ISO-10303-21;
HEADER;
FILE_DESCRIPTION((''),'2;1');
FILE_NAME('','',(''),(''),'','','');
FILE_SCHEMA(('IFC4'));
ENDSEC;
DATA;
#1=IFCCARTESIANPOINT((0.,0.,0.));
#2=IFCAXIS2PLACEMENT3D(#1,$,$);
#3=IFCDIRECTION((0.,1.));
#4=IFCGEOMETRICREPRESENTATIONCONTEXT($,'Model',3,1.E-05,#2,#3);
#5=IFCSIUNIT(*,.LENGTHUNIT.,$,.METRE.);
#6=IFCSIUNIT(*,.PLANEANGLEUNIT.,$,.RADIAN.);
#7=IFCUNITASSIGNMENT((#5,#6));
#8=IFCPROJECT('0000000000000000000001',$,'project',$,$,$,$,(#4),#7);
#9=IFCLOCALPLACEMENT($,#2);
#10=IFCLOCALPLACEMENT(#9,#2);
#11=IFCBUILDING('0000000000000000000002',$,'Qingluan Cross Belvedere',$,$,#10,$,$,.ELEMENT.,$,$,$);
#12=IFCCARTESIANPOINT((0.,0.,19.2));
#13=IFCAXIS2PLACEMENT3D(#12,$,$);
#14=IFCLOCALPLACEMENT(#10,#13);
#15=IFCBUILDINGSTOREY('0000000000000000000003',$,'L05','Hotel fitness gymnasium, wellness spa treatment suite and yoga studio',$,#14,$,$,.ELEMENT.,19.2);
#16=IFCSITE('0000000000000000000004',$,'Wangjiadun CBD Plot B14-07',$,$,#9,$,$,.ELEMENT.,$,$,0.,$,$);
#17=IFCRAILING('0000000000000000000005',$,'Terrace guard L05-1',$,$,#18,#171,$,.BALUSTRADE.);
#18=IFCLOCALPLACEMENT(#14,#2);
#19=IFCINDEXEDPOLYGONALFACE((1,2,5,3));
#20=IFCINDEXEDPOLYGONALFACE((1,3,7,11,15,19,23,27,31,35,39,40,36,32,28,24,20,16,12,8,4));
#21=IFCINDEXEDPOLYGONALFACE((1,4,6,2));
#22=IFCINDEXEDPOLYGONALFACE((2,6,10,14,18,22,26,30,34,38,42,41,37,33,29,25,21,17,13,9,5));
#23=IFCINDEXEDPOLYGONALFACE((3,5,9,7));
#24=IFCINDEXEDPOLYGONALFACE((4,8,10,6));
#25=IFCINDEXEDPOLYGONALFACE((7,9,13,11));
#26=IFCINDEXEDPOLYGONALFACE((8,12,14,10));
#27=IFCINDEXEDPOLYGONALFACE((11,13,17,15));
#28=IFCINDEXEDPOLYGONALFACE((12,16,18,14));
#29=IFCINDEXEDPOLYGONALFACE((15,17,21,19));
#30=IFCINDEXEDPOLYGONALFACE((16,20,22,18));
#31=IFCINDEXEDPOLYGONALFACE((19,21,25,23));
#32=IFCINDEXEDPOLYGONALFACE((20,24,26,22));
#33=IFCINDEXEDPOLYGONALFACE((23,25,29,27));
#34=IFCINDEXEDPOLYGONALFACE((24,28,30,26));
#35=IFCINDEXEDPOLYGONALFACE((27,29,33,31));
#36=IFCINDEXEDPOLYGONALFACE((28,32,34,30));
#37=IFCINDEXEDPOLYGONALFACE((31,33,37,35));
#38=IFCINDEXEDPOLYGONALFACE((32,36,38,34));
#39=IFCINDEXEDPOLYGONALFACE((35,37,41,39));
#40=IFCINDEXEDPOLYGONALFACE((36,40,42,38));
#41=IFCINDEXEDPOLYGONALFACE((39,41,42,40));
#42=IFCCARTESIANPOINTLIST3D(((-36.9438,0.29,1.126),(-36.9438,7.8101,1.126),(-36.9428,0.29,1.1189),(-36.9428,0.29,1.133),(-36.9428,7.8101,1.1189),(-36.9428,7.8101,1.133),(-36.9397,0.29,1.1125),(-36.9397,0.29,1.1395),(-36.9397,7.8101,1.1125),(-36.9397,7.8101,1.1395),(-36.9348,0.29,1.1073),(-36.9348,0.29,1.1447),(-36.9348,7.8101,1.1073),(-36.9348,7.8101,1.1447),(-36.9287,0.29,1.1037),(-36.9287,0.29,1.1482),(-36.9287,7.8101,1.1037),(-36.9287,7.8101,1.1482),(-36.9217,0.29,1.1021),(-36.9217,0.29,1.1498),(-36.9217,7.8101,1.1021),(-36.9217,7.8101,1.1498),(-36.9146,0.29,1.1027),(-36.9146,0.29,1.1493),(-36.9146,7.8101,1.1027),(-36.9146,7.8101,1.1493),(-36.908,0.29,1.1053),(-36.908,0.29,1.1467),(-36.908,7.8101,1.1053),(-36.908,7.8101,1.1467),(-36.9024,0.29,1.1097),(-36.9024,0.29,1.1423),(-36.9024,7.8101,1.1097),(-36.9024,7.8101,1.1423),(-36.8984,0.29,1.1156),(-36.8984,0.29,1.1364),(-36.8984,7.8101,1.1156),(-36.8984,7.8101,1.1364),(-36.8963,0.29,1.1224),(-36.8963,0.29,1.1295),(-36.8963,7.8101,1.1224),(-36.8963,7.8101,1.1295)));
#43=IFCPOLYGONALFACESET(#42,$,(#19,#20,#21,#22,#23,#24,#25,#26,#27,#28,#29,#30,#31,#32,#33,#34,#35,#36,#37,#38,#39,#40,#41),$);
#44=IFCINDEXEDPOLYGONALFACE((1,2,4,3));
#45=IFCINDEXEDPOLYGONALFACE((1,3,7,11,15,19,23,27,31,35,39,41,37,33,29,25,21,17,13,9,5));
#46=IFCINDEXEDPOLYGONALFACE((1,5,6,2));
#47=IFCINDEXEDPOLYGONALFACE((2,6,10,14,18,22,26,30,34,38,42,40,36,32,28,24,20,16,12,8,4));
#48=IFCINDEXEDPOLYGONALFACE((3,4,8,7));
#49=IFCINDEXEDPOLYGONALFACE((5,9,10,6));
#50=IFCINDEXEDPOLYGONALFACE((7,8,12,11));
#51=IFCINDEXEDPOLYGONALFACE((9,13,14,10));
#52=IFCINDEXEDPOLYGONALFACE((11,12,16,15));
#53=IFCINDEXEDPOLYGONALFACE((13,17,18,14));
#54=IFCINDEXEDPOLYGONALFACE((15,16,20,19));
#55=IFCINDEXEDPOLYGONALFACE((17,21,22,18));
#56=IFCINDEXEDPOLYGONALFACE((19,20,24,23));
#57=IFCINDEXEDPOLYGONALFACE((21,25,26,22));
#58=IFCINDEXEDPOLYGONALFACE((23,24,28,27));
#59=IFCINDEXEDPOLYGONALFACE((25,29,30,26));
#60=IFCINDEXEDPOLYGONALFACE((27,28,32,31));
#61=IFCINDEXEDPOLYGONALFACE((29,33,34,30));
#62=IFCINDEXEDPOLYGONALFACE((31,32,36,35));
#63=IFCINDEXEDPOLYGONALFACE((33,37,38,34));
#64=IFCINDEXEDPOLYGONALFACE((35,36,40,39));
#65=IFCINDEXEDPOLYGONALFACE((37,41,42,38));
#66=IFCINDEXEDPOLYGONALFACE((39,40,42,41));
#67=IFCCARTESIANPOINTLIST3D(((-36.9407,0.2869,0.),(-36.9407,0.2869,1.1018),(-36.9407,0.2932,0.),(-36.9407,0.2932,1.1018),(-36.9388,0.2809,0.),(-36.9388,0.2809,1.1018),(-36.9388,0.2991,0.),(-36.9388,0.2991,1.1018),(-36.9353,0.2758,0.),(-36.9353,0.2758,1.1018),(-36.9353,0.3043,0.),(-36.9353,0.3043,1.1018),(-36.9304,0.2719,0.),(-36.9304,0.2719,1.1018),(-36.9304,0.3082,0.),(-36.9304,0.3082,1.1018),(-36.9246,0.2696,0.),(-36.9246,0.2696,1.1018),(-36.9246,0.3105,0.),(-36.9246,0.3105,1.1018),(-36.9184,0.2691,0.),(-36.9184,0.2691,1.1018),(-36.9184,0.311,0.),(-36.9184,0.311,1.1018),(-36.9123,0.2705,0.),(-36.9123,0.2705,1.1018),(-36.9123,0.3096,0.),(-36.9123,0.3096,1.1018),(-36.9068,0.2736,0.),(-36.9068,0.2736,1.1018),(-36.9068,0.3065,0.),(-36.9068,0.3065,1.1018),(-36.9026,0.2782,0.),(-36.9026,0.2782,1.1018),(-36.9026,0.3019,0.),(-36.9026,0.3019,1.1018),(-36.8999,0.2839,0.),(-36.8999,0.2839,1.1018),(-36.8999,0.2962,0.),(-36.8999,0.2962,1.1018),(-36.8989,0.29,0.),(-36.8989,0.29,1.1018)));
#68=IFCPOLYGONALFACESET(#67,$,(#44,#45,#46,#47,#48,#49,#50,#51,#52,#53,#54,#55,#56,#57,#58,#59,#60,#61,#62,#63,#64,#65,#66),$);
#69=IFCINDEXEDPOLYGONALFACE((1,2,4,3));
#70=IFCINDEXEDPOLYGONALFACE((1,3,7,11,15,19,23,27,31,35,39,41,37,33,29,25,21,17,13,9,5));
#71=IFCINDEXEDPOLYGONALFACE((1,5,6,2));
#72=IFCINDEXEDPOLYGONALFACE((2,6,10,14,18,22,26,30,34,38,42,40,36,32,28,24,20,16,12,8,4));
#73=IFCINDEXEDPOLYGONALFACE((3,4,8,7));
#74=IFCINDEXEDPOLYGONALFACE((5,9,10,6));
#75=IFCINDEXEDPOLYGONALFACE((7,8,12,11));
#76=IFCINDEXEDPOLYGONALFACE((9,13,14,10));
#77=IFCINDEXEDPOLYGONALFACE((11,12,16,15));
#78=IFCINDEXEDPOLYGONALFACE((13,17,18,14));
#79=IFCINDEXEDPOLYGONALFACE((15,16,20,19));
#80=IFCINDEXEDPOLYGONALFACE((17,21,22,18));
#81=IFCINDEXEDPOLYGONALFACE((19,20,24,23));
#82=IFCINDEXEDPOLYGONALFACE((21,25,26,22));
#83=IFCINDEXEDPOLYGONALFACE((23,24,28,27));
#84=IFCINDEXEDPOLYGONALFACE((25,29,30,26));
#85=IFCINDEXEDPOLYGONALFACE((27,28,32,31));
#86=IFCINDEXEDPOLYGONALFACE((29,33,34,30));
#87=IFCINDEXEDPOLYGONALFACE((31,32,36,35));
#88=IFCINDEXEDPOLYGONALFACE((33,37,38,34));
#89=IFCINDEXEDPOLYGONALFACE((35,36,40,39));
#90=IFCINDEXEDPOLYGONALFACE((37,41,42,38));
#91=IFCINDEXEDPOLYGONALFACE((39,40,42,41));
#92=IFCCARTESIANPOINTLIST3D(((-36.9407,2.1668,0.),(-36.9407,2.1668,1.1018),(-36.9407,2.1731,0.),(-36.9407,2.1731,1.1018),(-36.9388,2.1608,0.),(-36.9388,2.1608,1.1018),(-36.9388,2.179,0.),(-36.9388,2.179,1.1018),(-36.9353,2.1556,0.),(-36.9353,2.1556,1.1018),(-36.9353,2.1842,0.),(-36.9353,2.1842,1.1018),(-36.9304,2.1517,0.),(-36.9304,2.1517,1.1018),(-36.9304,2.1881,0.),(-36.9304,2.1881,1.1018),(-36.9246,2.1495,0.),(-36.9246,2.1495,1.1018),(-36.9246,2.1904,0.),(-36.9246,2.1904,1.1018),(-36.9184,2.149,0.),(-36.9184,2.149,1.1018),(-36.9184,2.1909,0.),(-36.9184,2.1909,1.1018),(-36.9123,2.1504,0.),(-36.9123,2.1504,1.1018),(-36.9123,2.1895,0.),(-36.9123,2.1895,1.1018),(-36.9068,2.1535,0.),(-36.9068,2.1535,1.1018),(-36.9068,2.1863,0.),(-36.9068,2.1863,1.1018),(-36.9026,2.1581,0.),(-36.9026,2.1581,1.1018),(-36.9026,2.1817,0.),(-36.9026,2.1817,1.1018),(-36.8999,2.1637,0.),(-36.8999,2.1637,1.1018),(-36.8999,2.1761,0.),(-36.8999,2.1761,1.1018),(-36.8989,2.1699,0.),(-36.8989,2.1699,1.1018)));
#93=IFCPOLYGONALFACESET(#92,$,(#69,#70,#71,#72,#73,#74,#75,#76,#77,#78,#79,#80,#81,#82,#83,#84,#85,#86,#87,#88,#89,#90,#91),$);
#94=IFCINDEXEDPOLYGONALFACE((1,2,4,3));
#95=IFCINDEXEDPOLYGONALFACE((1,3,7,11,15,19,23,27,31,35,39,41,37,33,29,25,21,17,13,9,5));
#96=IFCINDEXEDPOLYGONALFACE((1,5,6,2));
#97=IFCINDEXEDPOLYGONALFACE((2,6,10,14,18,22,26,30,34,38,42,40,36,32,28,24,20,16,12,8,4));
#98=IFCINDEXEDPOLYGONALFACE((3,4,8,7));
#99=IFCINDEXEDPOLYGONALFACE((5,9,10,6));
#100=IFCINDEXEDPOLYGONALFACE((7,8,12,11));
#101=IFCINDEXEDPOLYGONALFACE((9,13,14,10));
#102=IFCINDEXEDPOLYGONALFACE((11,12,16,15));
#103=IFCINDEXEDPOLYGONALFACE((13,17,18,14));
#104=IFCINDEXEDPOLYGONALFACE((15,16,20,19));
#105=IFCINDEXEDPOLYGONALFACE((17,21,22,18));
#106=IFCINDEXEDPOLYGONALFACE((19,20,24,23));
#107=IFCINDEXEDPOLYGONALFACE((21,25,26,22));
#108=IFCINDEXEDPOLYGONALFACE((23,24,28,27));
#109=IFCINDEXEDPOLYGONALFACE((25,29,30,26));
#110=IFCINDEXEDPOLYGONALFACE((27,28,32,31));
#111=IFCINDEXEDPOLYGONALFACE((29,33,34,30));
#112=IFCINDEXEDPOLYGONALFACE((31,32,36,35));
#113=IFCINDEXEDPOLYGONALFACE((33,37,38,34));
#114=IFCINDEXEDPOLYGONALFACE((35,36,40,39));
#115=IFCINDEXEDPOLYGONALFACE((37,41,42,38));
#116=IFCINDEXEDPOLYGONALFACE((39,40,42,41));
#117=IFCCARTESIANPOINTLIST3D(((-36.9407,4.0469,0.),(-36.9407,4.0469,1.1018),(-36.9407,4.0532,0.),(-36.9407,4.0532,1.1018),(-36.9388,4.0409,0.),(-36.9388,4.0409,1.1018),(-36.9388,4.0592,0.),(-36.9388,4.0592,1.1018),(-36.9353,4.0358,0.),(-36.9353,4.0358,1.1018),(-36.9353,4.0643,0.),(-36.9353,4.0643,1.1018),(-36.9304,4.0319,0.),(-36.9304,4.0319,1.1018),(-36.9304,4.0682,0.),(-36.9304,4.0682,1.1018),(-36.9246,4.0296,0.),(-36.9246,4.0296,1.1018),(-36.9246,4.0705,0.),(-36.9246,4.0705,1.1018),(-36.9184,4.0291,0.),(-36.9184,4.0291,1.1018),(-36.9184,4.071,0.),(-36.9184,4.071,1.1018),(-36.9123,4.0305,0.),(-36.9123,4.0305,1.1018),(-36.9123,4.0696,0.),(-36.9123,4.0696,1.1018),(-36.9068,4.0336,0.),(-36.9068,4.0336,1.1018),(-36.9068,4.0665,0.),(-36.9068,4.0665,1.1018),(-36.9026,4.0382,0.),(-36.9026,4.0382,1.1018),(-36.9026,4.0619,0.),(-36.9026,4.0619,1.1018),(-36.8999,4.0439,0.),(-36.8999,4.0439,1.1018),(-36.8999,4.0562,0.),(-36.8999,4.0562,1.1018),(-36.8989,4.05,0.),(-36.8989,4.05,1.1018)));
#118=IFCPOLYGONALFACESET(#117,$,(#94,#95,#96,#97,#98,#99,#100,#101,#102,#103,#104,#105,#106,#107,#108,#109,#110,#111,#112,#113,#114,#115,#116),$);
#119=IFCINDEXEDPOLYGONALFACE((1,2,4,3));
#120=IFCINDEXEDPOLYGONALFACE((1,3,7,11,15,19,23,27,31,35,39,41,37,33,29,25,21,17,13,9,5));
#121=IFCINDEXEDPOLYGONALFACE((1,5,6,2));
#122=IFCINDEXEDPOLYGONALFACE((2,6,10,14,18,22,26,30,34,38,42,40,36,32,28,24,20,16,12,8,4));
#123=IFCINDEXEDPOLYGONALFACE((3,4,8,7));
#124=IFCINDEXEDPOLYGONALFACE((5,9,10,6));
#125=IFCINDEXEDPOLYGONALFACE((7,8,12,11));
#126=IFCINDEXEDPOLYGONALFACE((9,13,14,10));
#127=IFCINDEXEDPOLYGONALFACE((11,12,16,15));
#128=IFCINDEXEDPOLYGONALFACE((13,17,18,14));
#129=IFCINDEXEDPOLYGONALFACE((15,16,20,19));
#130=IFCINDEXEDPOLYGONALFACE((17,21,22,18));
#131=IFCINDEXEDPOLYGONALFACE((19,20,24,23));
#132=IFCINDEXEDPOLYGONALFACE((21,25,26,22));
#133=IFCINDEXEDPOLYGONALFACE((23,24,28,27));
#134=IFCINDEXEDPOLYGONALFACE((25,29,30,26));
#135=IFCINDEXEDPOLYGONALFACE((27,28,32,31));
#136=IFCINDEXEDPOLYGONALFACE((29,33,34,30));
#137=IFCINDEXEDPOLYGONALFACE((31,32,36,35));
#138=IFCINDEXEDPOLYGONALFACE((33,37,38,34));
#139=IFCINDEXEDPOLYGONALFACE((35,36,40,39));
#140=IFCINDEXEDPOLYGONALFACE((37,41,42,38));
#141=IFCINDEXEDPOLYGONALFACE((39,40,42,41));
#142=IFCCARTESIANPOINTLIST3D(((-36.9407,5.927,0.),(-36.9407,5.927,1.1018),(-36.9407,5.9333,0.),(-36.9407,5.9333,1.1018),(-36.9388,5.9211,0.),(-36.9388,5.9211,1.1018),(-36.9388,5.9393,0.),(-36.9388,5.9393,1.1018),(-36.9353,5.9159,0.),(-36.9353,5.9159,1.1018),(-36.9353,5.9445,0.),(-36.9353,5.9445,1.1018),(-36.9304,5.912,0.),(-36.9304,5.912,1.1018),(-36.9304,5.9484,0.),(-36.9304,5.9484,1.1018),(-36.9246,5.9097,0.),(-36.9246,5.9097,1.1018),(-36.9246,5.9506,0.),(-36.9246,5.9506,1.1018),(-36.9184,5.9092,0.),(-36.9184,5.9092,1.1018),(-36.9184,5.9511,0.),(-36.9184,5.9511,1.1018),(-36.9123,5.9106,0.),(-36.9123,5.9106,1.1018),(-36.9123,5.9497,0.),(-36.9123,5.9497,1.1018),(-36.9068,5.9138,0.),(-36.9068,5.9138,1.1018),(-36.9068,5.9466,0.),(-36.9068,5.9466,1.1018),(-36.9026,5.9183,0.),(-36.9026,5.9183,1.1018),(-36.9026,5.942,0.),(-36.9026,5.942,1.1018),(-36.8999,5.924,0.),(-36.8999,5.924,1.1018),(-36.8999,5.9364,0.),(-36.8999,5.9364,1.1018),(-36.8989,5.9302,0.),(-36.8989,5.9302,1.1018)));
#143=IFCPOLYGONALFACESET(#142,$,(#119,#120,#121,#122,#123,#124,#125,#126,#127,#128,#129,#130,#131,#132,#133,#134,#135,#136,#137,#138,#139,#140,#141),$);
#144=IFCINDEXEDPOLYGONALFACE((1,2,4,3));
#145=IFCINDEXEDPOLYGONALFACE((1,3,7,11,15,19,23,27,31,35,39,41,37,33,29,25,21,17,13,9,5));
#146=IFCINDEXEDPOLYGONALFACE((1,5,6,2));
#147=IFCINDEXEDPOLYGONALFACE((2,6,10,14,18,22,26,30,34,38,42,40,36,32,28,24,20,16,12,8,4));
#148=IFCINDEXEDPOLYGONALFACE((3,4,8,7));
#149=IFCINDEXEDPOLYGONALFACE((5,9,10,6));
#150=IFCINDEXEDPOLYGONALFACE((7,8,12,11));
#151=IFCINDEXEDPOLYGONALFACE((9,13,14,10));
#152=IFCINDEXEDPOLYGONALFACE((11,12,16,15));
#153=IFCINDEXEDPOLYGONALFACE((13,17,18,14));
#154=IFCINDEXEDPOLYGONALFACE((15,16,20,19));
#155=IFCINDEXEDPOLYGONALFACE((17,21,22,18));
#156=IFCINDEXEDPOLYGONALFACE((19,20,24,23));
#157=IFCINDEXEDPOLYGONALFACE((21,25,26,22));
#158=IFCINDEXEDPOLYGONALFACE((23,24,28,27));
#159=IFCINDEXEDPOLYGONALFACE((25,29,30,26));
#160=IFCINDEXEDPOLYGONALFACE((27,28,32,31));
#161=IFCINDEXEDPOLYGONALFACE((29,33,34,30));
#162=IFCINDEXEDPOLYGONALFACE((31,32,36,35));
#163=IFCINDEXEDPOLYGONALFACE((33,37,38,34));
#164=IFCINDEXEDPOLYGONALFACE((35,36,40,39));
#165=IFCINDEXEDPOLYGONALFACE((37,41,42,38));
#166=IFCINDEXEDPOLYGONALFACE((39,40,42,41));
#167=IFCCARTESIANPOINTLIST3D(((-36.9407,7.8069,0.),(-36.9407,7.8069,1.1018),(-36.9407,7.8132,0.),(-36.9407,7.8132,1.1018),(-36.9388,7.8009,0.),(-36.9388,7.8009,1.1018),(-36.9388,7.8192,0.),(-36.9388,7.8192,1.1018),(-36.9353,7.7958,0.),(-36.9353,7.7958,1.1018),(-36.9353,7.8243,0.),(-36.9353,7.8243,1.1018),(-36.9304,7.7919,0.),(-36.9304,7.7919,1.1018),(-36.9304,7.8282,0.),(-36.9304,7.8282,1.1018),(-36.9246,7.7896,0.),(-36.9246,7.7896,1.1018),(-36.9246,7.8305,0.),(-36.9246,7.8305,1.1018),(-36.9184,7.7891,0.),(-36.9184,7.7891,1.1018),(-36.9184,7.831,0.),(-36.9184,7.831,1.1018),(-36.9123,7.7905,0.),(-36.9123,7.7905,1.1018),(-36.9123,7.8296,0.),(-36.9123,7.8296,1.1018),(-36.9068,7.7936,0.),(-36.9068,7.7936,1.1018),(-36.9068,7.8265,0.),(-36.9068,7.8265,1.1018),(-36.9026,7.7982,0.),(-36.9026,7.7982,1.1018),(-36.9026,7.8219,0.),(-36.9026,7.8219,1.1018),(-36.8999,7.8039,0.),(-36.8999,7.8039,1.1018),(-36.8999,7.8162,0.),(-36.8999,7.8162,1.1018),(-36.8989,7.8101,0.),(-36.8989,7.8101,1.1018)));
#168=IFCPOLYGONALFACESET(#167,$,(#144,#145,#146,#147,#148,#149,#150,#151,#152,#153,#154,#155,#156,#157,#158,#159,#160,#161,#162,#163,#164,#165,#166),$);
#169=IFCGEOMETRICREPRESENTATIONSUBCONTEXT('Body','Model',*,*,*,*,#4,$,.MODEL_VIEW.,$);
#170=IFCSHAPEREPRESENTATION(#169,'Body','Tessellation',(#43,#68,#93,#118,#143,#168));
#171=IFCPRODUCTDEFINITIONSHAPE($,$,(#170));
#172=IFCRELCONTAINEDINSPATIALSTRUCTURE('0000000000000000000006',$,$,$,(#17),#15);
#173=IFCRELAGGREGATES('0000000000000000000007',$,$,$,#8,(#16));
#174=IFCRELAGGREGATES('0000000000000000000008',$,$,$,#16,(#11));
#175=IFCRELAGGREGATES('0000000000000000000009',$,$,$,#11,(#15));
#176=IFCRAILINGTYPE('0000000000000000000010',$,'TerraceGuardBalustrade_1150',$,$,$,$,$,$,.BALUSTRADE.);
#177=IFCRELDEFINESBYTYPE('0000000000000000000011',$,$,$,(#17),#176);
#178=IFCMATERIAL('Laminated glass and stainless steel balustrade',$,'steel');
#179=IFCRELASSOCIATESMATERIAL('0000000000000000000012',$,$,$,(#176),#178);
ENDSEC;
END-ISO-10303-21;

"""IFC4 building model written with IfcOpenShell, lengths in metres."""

from ifc_helpers import new_model, si_unit, direction, frame, origin, origin_2d, place, context, subcontext, project, spatial, circle, extrude, material, type_object, element, save


model = new_model("IFC4")

# Units and contexts
model_context = context("Model", 3, precision=1e-05, world=origin(), true_north=direction((0.0, 1.0)))
body_context = subcontext(model_context, "Body", "Model", "MODEL_VIEW")
ifc_project = project(units=[si_unit("LENGTHUNIT", "METRE"), si_unit("PLANEANGLEUNIT", "RADIAN")], contexts=[model_context])

# Site, building, storey
site_placement = place(None, origin())
site = spatial("IfcSite", under=ifc_project, at=site_placement, Name="Wangjiadun CBD Plot B14-07", CompositionType="ELEMENT", RefElevation=0.0)
building_placement = place(site_placement, origin())
building = spatial("IfcBuilding", under=site, at=building_placement, Name="Qingluan Cross Belvedere", CompositionType="ELEMENT")
storey_placement = place(building_placement, frame((0.0, 0.0, 19.2)))
storey = spatial("IfcBuildingStorey", under=building, at=storey_placement, Name="L05", Description="Hotel fitness gymnasium, wellness spa treatment suite and yoga studio", CompositionType="ELEMENT", Elevation=19.2)

# Railing
ifc_material_1 = material(Name="Laminated glass and stainless steel balustrade", Category="steel")
railing_type = type_object("IfcRailingType", Name="TerraceGuardBalustrade_1150", PredefinedType="BALUSTRADE", material=ifc_material_1)
railing_placement = place(storey_placement, frame((-36.9199, 0.29, 0.0)))
element("IfcRailing", 1, at=railing_placement, inside=storey, type_object=railing_type, Name="Terrace guard L05-1", PredefinedType="BALUSTRADE", context=body_context, shape_type="SweptSolid", body=[
    extrude(circle(Radius=0.0239, at=origin_2d()), frame((0.0, 0.0, 1.126), z_axis=(0.0, 1.0, 0.0), x_axis=(-1.0, 0.0, 0.0)), (0.0, 0.0, 1.0), 7.52),
    extrude(circle(Radius=0.021, at=origin_2d()), origin(), (0.0, 0.0, 1.0), 1.1018),
    extrude(circle(Radius=0.021, at=origin_2d()), frame((0.0, 1.8799, 0.0)), (0.0, 0.0, 1.0), 1.1018),
    extrude(circle(Radius=0.021, at=origin_2d()), frame((0.0, 3.76, 0.0)), (0.0, 0.0, 1.0), 1.1018),
    extrude(circle(Radius=0.021, at=origin_2d()), frame((0.0, 5.6401, 0.0)), (0.0, 0.0, 1.0), 1.1018),
    extrude(circle(Radius=0.021, at=origin_2d()), frame((0.0, 7.52, 0.0)), (0.0, 0.0, 1.0), 1.1018),
])

save(model, "model.ifc")
